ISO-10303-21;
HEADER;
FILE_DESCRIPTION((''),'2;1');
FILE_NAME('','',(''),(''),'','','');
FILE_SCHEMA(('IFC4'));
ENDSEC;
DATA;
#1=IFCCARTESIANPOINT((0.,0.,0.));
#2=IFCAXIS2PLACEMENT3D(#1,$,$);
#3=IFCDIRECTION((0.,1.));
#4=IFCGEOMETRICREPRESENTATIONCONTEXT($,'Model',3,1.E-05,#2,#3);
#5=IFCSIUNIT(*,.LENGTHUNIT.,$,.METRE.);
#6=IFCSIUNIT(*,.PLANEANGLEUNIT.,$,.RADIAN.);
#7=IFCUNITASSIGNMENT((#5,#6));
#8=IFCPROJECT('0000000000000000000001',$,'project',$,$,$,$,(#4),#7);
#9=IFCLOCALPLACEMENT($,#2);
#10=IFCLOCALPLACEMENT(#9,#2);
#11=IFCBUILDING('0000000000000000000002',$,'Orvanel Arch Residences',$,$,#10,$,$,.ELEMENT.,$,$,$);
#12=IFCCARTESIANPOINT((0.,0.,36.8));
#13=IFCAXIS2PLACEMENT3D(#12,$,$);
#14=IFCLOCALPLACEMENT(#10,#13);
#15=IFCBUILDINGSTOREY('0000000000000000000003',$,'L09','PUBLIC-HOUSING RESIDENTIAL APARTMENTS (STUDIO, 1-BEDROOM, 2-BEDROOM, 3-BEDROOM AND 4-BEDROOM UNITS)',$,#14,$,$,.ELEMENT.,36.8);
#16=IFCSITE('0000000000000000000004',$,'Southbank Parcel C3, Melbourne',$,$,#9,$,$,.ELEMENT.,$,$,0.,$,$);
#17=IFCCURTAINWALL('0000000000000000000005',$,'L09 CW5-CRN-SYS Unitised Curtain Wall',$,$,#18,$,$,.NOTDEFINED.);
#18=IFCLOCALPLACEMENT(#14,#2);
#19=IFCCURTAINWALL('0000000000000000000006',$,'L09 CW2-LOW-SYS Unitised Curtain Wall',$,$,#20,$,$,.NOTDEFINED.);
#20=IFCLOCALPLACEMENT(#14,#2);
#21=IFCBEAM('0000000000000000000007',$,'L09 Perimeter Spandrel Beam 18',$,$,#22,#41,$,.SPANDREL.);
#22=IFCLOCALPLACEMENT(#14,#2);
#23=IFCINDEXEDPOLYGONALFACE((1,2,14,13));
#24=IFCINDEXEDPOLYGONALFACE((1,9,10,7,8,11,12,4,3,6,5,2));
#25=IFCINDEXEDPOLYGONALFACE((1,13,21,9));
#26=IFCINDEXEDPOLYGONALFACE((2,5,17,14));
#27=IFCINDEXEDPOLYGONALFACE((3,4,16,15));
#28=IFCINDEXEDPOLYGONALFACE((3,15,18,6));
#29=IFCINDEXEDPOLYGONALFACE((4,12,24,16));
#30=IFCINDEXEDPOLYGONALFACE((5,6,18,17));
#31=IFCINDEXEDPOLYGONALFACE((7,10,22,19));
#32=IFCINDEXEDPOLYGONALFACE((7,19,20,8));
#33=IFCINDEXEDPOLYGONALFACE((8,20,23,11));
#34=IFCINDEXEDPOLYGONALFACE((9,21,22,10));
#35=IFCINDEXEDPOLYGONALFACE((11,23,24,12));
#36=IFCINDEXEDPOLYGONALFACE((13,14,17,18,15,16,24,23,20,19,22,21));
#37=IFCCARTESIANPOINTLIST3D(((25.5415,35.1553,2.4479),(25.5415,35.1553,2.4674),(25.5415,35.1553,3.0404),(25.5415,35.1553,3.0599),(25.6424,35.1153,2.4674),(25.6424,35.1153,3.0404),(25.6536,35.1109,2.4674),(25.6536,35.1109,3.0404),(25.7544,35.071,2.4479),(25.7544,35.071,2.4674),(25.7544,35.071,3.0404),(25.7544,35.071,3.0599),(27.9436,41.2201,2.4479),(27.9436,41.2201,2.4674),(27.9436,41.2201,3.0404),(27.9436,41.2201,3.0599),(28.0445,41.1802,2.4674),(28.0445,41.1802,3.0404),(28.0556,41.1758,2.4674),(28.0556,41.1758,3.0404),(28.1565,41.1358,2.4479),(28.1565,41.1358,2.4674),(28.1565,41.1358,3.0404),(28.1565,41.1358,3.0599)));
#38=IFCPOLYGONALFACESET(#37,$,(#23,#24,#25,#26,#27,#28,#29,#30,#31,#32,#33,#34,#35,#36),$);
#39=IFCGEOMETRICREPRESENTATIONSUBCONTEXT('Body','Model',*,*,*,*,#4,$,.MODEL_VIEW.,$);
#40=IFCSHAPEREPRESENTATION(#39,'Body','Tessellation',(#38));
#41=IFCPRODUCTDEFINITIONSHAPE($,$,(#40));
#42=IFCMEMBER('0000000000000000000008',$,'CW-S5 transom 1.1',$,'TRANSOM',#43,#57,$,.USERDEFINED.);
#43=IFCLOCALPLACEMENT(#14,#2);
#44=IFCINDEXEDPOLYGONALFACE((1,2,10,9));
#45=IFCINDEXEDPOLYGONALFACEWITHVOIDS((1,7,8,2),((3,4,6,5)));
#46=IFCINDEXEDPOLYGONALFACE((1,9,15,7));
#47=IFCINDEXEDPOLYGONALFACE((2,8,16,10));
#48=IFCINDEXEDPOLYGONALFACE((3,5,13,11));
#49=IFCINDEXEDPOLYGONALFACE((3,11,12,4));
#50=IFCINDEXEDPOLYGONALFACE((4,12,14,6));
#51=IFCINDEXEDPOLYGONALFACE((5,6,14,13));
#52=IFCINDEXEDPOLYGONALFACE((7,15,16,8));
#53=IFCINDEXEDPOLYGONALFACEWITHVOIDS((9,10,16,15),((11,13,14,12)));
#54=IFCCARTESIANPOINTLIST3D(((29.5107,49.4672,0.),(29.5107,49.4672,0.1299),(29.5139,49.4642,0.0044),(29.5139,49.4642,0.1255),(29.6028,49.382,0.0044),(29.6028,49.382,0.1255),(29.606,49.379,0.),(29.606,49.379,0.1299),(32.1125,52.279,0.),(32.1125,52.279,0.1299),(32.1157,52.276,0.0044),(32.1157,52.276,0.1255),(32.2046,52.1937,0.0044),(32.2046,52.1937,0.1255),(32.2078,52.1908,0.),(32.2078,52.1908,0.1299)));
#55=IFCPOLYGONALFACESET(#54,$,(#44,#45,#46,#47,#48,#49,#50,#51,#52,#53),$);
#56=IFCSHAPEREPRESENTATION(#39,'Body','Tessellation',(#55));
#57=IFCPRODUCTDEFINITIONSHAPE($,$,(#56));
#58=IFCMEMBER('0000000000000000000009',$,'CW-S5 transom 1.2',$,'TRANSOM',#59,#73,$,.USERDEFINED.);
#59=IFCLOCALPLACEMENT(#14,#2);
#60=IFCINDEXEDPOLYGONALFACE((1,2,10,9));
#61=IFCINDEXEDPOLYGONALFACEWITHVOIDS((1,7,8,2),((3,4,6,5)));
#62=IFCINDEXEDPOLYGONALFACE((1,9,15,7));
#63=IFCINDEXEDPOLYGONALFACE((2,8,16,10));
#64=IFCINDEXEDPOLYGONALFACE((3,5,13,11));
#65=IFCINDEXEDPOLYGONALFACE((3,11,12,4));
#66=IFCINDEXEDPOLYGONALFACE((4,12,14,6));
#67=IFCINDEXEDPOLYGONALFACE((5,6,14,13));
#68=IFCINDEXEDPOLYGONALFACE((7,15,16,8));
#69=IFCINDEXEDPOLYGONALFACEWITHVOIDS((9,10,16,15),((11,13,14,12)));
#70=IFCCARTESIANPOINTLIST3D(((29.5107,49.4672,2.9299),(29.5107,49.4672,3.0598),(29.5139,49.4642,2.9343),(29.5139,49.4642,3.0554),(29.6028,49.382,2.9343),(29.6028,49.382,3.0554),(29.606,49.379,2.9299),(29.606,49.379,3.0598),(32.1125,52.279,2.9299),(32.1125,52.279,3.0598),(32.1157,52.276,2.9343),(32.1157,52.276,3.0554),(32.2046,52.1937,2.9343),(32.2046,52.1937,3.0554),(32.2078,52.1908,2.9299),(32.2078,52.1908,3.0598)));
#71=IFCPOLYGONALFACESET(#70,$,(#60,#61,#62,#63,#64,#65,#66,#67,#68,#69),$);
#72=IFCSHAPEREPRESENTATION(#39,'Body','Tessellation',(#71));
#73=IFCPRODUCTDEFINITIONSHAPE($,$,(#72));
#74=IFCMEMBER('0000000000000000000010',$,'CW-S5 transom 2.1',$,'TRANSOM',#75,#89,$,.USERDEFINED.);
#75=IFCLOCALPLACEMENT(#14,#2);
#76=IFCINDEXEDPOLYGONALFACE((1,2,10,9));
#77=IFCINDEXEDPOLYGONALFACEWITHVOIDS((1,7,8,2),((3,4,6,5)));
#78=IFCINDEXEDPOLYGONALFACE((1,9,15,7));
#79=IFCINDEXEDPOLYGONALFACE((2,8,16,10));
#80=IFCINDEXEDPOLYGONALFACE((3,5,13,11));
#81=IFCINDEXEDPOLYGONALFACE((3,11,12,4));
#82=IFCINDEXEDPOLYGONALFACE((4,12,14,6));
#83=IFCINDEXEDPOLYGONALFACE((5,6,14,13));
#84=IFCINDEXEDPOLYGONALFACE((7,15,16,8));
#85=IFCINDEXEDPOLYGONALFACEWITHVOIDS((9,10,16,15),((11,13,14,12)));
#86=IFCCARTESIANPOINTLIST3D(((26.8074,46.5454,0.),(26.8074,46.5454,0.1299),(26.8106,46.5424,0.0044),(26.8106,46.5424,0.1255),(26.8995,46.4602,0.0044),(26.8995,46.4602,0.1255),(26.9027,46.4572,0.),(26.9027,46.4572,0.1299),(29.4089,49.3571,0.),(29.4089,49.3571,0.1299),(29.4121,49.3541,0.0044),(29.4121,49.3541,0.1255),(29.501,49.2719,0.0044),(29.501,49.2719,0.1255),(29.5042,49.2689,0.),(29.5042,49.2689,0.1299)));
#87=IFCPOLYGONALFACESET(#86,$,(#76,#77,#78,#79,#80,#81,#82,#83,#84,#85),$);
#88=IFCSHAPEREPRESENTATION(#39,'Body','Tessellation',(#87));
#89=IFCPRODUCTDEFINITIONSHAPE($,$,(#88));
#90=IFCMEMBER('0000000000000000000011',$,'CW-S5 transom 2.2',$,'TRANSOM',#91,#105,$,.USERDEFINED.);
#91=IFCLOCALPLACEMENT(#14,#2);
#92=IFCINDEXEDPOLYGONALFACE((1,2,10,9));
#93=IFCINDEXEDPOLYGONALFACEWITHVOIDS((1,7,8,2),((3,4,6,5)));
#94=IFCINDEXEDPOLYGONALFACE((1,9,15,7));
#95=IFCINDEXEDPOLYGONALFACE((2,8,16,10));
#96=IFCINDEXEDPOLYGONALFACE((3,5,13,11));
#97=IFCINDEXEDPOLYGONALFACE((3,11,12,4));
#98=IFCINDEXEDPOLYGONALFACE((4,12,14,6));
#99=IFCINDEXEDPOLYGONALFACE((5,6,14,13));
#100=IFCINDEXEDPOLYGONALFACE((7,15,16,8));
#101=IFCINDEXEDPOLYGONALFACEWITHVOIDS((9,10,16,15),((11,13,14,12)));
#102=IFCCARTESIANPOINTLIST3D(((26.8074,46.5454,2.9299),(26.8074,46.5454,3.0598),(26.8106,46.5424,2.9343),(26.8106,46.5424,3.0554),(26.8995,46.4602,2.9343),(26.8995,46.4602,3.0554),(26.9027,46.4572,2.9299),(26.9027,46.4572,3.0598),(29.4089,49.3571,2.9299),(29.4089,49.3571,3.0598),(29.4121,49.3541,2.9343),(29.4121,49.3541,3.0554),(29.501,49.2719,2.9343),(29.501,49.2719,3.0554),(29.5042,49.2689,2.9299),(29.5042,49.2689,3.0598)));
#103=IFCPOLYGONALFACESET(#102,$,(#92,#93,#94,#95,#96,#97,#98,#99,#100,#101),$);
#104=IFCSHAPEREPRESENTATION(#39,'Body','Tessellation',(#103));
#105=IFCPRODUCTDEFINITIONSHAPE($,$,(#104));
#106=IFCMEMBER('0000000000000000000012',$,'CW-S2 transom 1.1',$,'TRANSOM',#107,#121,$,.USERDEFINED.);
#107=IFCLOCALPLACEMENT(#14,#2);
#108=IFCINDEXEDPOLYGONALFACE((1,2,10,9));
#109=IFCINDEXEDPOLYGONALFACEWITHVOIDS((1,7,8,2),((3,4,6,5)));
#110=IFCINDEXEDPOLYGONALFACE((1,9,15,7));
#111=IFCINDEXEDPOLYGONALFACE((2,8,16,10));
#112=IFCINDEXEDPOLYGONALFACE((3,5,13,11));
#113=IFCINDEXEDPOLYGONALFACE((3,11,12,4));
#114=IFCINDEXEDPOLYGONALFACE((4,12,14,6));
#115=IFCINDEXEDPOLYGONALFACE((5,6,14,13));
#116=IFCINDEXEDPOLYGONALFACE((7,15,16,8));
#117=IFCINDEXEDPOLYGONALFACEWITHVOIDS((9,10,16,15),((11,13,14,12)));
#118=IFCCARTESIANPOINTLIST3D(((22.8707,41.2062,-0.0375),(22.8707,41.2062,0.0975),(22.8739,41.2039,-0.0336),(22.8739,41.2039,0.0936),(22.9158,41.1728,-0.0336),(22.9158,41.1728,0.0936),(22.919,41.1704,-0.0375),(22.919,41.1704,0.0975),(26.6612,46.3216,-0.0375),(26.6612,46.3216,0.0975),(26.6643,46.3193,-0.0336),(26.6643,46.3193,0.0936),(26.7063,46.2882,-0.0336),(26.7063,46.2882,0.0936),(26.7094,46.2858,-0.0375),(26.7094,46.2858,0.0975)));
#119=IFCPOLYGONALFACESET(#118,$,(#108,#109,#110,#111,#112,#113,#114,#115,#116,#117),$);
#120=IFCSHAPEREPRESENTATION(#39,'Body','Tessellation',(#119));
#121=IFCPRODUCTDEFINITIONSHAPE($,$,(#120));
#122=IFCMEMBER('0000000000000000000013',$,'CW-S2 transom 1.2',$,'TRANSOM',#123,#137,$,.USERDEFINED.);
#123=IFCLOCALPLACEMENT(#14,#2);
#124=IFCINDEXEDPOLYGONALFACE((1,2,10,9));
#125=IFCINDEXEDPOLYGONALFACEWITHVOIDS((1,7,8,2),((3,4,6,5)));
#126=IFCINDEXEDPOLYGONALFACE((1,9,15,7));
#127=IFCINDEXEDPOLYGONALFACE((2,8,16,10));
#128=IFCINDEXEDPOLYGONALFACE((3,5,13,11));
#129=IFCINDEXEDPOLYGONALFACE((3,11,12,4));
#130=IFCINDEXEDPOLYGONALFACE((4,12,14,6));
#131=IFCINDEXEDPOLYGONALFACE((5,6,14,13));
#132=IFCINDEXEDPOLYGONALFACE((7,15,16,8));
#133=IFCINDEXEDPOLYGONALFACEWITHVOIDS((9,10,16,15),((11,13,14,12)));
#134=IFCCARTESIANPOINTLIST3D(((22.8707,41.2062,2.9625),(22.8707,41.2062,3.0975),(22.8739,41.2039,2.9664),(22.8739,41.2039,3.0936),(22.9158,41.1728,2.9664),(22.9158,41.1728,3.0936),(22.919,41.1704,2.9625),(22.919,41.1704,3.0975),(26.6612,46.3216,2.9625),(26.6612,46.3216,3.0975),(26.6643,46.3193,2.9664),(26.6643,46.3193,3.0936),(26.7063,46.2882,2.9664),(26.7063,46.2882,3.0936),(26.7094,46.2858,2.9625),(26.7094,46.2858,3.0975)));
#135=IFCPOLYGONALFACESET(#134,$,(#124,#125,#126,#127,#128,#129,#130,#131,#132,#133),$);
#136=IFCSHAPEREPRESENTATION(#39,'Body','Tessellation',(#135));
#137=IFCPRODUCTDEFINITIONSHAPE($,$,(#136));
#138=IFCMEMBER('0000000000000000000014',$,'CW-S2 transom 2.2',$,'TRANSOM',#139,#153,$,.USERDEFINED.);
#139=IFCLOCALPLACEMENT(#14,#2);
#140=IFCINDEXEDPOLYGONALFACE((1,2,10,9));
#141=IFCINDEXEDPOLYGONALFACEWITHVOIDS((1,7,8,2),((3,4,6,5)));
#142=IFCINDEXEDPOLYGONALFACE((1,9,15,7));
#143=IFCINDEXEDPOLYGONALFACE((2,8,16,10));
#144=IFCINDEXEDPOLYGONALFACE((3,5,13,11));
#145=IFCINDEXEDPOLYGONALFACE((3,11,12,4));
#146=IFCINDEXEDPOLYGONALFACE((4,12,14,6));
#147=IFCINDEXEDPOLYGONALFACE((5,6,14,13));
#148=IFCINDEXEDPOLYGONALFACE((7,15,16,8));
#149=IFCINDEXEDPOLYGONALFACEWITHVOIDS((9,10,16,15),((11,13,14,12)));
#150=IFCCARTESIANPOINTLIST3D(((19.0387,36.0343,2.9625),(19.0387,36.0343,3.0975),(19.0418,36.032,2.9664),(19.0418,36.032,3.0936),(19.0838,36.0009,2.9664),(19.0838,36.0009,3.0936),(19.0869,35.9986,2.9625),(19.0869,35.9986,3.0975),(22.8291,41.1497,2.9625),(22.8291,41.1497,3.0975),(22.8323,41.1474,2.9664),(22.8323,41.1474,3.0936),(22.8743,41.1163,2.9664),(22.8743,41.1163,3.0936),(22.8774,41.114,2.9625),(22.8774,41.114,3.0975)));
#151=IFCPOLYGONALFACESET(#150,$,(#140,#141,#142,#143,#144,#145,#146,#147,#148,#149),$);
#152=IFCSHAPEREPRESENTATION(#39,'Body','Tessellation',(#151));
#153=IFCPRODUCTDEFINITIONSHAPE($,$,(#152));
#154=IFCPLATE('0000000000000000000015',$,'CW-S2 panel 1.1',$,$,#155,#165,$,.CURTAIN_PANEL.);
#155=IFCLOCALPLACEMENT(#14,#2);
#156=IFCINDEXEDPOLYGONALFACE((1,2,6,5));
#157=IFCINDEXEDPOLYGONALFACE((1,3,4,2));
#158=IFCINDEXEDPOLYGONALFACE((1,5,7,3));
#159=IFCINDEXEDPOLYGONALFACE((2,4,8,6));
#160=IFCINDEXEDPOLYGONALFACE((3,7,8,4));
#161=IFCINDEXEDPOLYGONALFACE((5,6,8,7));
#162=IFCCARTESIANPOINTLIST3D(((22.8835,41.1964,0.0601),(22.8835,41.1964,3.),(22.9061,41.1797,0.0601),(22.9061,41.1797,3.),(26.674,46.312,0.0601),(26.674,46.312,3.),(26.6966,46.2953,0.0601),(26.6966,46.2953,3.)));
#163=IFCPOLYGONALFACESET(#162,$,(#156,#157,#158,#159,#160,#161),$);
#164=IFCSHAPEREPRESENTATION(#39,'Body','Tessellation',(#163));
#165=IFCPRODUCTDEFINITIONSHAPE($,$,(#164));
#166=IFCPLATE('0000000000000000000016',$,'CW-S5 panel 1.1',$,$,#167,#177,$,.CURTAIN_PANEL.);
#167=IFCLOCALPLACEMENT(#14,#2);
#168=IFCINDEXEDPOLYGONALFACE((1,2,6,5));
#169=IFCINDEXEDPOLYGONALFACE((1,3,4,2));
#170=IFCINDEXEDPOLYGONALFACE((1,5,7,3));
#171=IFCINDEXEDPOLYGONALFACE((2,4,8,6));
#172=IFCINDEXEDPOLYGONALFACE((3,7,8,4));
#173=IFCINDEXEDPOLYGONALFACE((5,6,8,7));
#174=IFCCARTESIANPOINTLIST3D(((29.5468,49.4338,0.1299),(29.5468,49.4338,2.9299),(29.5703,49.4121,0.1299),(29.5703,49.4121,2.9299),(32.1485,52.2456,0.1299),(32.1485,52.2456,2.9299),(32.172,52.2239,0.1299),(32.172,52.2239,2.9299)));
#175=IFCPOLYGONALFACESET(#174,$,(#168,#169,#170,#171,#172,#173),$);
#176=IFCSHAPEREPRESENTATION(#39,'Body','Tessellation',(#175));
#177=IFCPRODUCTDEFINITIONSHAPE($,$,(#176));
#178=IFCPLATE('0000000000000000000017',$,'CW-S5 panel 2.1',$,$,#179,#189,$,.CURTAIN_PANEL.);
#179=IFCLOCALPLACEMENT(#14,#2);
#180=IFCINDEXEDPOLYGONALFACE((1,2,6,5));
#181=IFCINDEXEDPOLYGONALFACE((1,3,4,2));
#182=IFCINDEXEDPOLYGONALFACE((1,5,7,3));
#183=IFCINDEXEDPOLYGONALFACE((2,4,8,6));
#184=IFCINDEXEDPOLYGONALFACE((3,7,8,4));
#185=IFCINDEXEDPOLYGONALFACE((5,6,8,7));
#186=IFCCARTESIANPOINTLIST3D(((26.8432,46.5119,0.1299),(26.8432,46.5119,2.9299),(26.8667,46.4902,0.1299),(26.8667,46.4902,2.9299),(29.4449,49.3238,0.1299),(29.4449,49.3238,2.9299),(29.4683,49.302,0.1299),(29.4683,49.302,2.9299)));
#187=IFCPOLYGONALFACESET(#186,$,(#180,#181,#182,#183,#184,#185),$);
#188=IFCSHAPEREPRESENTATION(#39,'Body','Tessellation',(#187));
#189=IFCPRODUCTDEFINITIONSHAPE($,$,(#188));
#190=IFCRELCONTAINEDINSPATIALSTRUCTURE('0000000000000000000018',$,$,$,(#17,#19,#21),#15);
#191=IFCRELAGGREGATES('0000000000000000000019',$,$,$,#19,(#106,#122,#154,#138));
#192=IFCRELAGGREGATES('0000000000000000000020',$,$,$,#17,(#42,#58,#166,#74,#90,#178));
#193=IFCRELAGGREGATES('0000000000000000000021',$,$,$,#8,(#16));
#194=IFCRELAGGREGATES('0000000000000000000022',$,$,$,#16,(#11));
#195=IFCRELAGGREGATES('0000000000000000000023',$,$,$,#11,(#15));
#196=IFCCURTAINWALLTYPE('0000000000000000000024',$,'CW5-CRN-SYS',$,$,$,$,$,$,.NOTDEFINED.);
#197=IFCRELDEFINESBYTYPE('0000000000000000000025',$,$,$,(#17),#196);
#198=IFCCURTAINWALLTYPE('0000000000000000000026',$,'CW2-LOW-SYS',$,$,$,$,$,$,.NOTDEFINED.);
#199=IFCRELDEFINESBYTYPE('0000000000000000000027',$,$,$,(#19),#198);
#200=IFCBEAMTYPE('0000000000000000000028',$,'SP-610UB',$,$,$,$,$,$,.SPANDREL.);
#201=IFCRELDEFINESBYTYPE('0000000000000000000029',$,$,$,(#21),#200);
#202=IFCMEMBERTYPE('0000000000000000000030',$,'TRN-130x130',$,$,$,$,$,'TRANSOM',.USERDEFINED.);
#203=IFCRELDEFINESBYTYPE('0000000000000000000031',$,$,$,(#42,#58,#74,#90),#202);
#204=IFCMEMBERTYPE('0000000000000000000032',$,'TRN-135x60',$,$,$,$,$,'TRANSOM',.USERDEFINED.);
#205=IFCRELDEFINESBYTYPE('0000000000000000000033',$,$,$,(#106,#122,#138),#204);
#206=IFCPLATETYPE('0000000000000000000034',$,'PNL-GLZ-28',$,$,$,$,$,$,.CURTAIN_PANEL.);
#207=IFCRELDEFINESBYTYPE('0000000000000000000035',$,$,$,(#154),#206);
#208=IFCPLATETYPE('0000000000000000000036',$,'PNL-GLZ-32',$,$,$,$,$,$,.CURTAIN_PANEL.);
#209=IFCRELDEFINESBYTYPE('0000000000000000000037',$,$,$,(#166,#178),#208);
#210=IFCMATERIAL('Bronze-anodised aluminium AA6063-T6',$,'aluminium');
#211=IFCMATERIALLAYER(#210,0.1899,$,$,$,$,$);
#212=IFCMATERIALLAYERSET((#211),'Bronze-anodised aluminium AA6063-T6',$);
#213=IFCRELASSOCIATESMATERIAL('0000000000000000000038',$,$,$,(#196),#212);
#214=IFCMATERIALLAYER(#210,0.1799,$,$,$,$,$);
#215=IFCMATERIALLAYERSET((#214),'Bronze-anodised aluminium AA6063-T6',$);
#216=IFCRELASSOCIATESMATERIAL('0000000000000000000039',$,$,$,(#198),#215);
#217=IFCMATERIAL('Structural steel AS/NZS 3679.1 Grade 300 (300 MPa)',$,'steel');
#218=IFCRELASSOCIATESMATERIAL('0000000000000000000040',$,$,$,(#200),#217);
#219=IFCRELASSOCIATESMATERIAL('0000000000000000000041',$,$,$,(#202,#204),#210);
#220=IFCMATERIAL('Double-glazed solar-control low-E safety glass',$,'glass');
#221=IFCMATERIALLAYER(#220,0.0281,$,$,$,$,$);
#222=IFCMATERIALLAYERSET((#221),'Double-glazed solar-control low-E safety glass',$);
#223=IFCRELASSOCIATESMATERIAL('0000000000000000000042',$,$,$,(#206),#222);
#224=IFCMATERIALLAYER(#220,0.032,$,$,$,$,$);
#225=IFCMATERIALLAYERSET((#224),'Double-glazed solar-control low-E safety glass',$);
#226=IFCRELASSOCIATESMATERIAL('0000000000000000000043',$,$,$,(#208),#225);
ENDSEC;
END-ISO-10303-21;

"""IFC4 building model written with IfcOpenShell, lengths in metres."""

from ifc_helpers import new_model, si_unit, direction, frame, origin, origin_2d, place, context, subcontext, project, spatial, rectangle, hollow_rectangle, i_section, extrude, material, layer, layer_set, material_profile, profile_set, type_object, element, aggregate, save


model = new_model("IFC4")

# Units and contexts
model_context = context("Model", 3, precision=1e-05, world=origin(), true_north=direction((0.0, 1.0)))
body_context = subcontext(model_context, "Body", "Model", "MODEL_VIEW")
ifc_project = project(units=[si_unit("LENGTHUNIT", "METRE"), si_unit("PLANEANGLEUNIT", "RADIAN")], contexts=[model_context])

# Site, building, storey
site_placement = place(None, origin())
site = spatial("IfcSite", under=ifc_project, at=site_placement, Name="Southbank Parcel C3, Melbourne", CompositionType="ELEMENT", RefElevation=0.0)
building_placement = place(site_placement, origin())
building = spatial("IfcBuilding", under=site, at=building_placement, Name="Orvanel Arch Residences", CompositionType="ELEMENT")
storey_placement = place(building_placement, frame((0.0, 0.0, 36.8)))
storey = spatial("IfcBuildingStorey", under=building, at=storey_placement, Name="L09", Description="PUBLIC-HOUSING RESIDENTIAL APARTMENTS (STUDIO, 1-BEDROOM, 2-BEDROOM, 3-BEDROOM AND 4-BEDROOM UNITS)", CompositionType="ELEMENT", Elevation=36.8)

# Shared definitions
ifc_material_1 = material(Name="Bronze-anodised aluminium AA6063-T6", Category="aluminium")
ifc_layer_1 = layer(ifc_material_1, 0.1899)
ifc_layer_set_1 = layer_set([ifc_layer_1], Name="Bronze-anodised aluminium AA6063-T6")
curtain_wall_type_1 = type_object("IfcCurtainWallType", Name="CW5-CRN-SYS", PredefinedType="NOTDEFINED", material=ifc_layer_set_1)

# Curtain walls
curtain_wall_1_placement = place(storey_placement, origin())
curtain_wall_1 = element("IfcCurtainWall", 1, at=curtain_wall_1_placement, inside=storey, type_object=curtain_wall_type_1, Name="L09 CW5-CRN-SYS Unitised Curtain Wall", PredefinedType="NOTDEFINED")
ifc_layer_2 = layer(ifc_material_1, 0.1799)
ifc_layer_set_2 = layer_set([ifc_layer_2], Name="Bronze-anodised aluminium AA6063-T6")
curtain_wall_type_2 = type_object("IfcCurtainWallType", Name="CW2-LOW-SYS", PredefinedType="NOTDEFINED", material=ifc_layer_set_2)
curtain_wall_2_placement = place(storey_placement, origin())
curtain_wall_2 = element("IfcCurtainWall", 2, at=curtain_wall_2_placement, inside=storey, type_object=curtain_wall_type_2, Name="L09 CW2-LOW-SYS Unitised Curtain Wall", PredefinedType="NOTDEFINED")

# Beam
ifc_material_2 = material(Name="Structural steel AS/NZS 3679.1 Grade 300 (300 MPa)", Category="steel")
ifc_material_profile_1 = material_profile(ifc_material_2, i_section(OverallWidth=0.229, OverallDepth=0.6121, WebThickness=0.012, FlangeThickness=0.0195, at=origin_2d()), Name="610UB125")
ifc_profile_set_1 = profile_set([ifc_material_profile_1], Name="Structural steel AS/NZS 3679.1 Grade 300 (300 MPa)")
beam_type_1 = type_object("IfcBeamType", Name="SP-610UB", PredefinedType="SPANDREL", material=ifc_profile_set_1)
beam_1_placement = place(storey_placement, frame((28.05, 41.178, 2.7539), z_axis=(-0.368233, -0.929733, 0.0), x_axis=(0.929733, -0.368233, 0.0)))
element("IfcBeam", 3, at=beam_1_placement, inside=storey, type_object=beam_type_1, Name="L09 Perimeter Spandrel Beam 18", PredefinedType="SPANDREL", context=body_context, shape_type="SweptSolid", body=[
    extrude(i_section(OverallWidth=0.229, OverallDepth=0.6121, WebThickness=0.012, FlangeThickness=0.0195, at=origin_2d()), origin(), (0.0, 0.0, 1.0), 6.5232),
])

# Members
ifc_material_profile_2 = material_profile(ifc_material_1, hollow_rectangle(XDim=0.1299, YDim=0.1299, WallThickness=0.0044, at=origin_2d()), Name="ALU130x130x4.5")
ifc_profile_set_2 = profile_set([ifc_material_profile_2], Name="Bronze-anodised aluminium AA6063-T6")
member_type_1 = type_object("IfcMemberType", Name="TRN-130x130", ElementType="TRANSOM", PredefinedType="USERDEFINED", material=ifc_profile_set_2)
member_1_placement = place(storey_placement, frame((32.1602, 52.2349, 0.0649), z_axis=(-0.679172, -0.73398, 0.0), x_axis=(0.73398, -0.679172, 0.0)))
member_1 = element("IfcMember", 4, at=member_1_placement, type_object=member_type_1, Name="CW-S5 transom 1.1", ObjectType="TRANSOM", PredefinedType="USERDEFINED", context=body_context, shape_type="SweptSolid", body=[
    extrude(hollow_rectangle(XDim=0.1299, YDim=0.1299, WallThickness=0.0044, at=origin_2d()), origin(), (0.0, 0.0, 1.0), 3.8308),
])
member_2_placement = place(storey_placement, frame((32.1602, 52.2349, 2.9949), z_axis=(-0.679172, -0.73398, 0.0), x_axis=(0.73398, -0.679172, 0.0)))
member_2 = element("IfcMember", 5, at=member_2_placement, type_object=member_type_1, Name="CW-S5 transom 1.2", ObjectType="TRANSOM", PredefinedType="USERDEFINED", context=body_context, shape_type="SweptSolid", body=[
    extrude(hollow_rectangle(XDim=0.1299, YDim=0.1299, WallThickness=0.0044, at=origin_2d()), origin(), (0.0, 0.0, 1.0), 3.8308),
])
member_3_placement = place(storey_placement, frame((29.4565, 49.313, 0.0649), z_axis=(-0.679137, -0.734011, 0.0), x_axis=(0.734011, -0.679137, 0.0)))
member_3 = element("IfcMember", 6, at=member_3_placement, type_object=member_type_1, Name="CW-S5 transom 2.1", ObjectType="TRANSOM", PredefinedType="USERDEFINED", context=body_context, shape_type="SweptSolid", body=[
    extrude(hollow_rectangle(XDim=0.1299, YDim=0.1299, WallThickness=0.0044, at=origin_2d()), origin(), (0.0, 0.0, 1.0), 3.8306),
])
member_4_placement = place(storey_placement, frame((29.4565, 49.313, 2.9949), z_axis=(-0.679137, -0.734011, 0.0), x_axis=(0.734011, -0.679137, 0.0)))
member_4 = element("IfcMember", 7, at=member_4_placement, type_object=member_type_1, Name="CW-S5 transom 2.2", ObjectType="TRANSOM", PredefinedType="USERDEFINED", context=body_context, shape_type="SweptSolid", body=[
    extrude(hollow_rectangle(XDim=0.1299, YDim=0.1299, WallThickness=0.0044, at=origin_2d()), origin(), (0.0, 0.0, 1.0), 3.8306),
])
ifc_material_profile_3 = material_profile(ifc_material_1, hollow_rectangle(XDim=0.0601, YDim=0.135, WallThickness=0.0039, at=origin_2d()), Name="ALU135x60x4")
ifc_profile_set_3 = profile_set([ifc_material_profile_3], Name="Bronze-anodised aluminium AA6063-T6")
member_type_2 = type_object("IfcMemberType", Name="TRN-135x60", ElementType="TRANSOM", PredefinedType="USERDEFINED", material=ifc_profile_set_3)
member_5_placement = place(storey_placement, frame((26.6853, 46.3037, 0.03), z_axis=(-0.595358, -0.803461, 0.0), x_axis=(0.803461, -0.595358, 0.0)))
member_5 = element("IfcMember", 8, at=member_5_placement, type_object=member_type_2, Name="CW-S2 transom 1.1", ObjectType="TRANSOM", PredefinedType="USERDEFINED", context=body_context, shape_type="SweptSolid", body=[
    extrude(hollow_rectangle(XDim=0.0601, YDim=0.135, WallThickness=0.0039, at=origin_2d()), origin(), (0.0, 0.0, 1.0), 6.3667),
])
member_6_placement = place(storey_placement, frame((26.6853, 46.3037, 3.03), z_axis=(-0.595358, -0.803461, 0.0), x_axis=(0.803461, -0.595358, 0.0)))
member_6 = element("IfcMember", 9, at=member_6_placement, type_object=member_type_2, Name="CW-S2 transom 1.2", ObjectType="TRANSOM", PredefinedType="USERDEFINED", context=body_context, shape_type="SweptSolid", body=[
    extrude(hollow_rectangle(XDim=0.0601, YDim=0.135, WallThickness=0.0039, at=origin_2d()), origin(), (0.0, 0.0, 1.0), 6.3667),
])
member_7_placement = place(storey_placement, frame((22.8533, 41.1318, 3.03), z_axis=(-0.595358, -0.803461, 0.0), x_axis=(0.803461, -0.595358, 0.0)))
member_7 = element("IfcMember", 10, at=member_7_placement, type_object=member_type_2, Name="CW-S2 transom 2.2", ObjectType="TRANSOM", PredefinedType="USERDEFINED", context=body_context, shape_type="SweptSolid", body=[
    extrude(hollow_rectangle(XDim=0.0601, YDim=0.135, WallThickness=0.0039, at=origin_2d()), origin(), (0.0, 0.0, 1.0), 6.3667),
])

# Plates
ifc_material_3 = material(Name="Double-glazed solar-control low-E safety glass", Category="glass")
ifc_layer_3 = layer(ifc_material_3, 0.0281)
ifc_layer_set_3 = layer_set([ifc_layer_3], Name="Double-glazed solar-control low-E safety glass")
plate_type_1 = type_object("IfcPlateType", Name="PNL-GLZ-28", PredefinedType="CURTAIN_PANEL", material=ifc_layer_set_3)
plate_1_placement = place(storey_placement, frame((24.79, 43.7458, 0.0601), z_axis=(0.0, 0.0, 1.0), x_axis=(-0.595342, -0.803472, 0.0)))
plate_1 = element("IfcPlate", 11, at=plate_1_placement, type_object=plate_type_1, Name="CW-S2 panel 1.1", PredefinedType="CURTAIN_PANEL", context=body_context, shape_type="SweptSolid", body=[
    extrude(rectangle(XDim=6.3669, YDim=0.0281, at=origin_2d()), origin(), (0.0, 0.0, 1.0), 2.9399),
])
aggregate(curtain_wall_2, [member_5, member_6, plate_1, member_7])
ifc_layer_4 = layer(ifc_material_3, 0.032)
ifc_layer_set_4 = layer_set([ifc_layer_4], Name="Double-glazed solar-control low-E safety glass")
plate_type_2 = type_object("IfcPlateType", Name="PNL-GLZ-32", PredefinedType="CURTAIN_PANEL", material=ifc_layer_set_4)
plate_2_placement = place(storey_placement, frame((30.8594, 50.8289, 0.1299), z_axis=(0.0, 0.0, 1.0), x_axis=(-0.679145, -0.734004, 0.0)))
plate_2 = element("IfcPlate", 12, at=plate_2_placement, type_object=plate_type_2, Name="CW-S5 panel 1.1", PredefinedType="CURTAIN_PANEL", context=body_context, shape_type="SweptSolid", body=[
    extrude(rectangle(XDim=3.8308, YDim=0.032, at=origin_2d()), origin(), (0.0, 0.0, 1.0), 2.8),
])
plate_3_placement = place(storey_placement, frame((28.1558, 47.907, 0.1299), z_axis=(0.0, 0.0, 1.0), x_axis=(-0.679145, -0.734004, 0.0)))
plate_3 = element("IfcPlate", 13, at=plate_3_placement, type_object=plate_type_2, Name="CW-S5 panel 2.1", PredefinedType="CURTAIN_PANEL", context=body_context, shape_type="SweptSolid", body=[
    extrude(rectangle(XDim=3.8308, YDim=0.032, at=origin_2d()), origin(), (0.0, 0.0, 1.0), 2.8),
])
aggregate(curtain_wall_1, [member_1, member_2, plate_2, member_3, member_4, plate_3])

save(model, "model.ifc")
